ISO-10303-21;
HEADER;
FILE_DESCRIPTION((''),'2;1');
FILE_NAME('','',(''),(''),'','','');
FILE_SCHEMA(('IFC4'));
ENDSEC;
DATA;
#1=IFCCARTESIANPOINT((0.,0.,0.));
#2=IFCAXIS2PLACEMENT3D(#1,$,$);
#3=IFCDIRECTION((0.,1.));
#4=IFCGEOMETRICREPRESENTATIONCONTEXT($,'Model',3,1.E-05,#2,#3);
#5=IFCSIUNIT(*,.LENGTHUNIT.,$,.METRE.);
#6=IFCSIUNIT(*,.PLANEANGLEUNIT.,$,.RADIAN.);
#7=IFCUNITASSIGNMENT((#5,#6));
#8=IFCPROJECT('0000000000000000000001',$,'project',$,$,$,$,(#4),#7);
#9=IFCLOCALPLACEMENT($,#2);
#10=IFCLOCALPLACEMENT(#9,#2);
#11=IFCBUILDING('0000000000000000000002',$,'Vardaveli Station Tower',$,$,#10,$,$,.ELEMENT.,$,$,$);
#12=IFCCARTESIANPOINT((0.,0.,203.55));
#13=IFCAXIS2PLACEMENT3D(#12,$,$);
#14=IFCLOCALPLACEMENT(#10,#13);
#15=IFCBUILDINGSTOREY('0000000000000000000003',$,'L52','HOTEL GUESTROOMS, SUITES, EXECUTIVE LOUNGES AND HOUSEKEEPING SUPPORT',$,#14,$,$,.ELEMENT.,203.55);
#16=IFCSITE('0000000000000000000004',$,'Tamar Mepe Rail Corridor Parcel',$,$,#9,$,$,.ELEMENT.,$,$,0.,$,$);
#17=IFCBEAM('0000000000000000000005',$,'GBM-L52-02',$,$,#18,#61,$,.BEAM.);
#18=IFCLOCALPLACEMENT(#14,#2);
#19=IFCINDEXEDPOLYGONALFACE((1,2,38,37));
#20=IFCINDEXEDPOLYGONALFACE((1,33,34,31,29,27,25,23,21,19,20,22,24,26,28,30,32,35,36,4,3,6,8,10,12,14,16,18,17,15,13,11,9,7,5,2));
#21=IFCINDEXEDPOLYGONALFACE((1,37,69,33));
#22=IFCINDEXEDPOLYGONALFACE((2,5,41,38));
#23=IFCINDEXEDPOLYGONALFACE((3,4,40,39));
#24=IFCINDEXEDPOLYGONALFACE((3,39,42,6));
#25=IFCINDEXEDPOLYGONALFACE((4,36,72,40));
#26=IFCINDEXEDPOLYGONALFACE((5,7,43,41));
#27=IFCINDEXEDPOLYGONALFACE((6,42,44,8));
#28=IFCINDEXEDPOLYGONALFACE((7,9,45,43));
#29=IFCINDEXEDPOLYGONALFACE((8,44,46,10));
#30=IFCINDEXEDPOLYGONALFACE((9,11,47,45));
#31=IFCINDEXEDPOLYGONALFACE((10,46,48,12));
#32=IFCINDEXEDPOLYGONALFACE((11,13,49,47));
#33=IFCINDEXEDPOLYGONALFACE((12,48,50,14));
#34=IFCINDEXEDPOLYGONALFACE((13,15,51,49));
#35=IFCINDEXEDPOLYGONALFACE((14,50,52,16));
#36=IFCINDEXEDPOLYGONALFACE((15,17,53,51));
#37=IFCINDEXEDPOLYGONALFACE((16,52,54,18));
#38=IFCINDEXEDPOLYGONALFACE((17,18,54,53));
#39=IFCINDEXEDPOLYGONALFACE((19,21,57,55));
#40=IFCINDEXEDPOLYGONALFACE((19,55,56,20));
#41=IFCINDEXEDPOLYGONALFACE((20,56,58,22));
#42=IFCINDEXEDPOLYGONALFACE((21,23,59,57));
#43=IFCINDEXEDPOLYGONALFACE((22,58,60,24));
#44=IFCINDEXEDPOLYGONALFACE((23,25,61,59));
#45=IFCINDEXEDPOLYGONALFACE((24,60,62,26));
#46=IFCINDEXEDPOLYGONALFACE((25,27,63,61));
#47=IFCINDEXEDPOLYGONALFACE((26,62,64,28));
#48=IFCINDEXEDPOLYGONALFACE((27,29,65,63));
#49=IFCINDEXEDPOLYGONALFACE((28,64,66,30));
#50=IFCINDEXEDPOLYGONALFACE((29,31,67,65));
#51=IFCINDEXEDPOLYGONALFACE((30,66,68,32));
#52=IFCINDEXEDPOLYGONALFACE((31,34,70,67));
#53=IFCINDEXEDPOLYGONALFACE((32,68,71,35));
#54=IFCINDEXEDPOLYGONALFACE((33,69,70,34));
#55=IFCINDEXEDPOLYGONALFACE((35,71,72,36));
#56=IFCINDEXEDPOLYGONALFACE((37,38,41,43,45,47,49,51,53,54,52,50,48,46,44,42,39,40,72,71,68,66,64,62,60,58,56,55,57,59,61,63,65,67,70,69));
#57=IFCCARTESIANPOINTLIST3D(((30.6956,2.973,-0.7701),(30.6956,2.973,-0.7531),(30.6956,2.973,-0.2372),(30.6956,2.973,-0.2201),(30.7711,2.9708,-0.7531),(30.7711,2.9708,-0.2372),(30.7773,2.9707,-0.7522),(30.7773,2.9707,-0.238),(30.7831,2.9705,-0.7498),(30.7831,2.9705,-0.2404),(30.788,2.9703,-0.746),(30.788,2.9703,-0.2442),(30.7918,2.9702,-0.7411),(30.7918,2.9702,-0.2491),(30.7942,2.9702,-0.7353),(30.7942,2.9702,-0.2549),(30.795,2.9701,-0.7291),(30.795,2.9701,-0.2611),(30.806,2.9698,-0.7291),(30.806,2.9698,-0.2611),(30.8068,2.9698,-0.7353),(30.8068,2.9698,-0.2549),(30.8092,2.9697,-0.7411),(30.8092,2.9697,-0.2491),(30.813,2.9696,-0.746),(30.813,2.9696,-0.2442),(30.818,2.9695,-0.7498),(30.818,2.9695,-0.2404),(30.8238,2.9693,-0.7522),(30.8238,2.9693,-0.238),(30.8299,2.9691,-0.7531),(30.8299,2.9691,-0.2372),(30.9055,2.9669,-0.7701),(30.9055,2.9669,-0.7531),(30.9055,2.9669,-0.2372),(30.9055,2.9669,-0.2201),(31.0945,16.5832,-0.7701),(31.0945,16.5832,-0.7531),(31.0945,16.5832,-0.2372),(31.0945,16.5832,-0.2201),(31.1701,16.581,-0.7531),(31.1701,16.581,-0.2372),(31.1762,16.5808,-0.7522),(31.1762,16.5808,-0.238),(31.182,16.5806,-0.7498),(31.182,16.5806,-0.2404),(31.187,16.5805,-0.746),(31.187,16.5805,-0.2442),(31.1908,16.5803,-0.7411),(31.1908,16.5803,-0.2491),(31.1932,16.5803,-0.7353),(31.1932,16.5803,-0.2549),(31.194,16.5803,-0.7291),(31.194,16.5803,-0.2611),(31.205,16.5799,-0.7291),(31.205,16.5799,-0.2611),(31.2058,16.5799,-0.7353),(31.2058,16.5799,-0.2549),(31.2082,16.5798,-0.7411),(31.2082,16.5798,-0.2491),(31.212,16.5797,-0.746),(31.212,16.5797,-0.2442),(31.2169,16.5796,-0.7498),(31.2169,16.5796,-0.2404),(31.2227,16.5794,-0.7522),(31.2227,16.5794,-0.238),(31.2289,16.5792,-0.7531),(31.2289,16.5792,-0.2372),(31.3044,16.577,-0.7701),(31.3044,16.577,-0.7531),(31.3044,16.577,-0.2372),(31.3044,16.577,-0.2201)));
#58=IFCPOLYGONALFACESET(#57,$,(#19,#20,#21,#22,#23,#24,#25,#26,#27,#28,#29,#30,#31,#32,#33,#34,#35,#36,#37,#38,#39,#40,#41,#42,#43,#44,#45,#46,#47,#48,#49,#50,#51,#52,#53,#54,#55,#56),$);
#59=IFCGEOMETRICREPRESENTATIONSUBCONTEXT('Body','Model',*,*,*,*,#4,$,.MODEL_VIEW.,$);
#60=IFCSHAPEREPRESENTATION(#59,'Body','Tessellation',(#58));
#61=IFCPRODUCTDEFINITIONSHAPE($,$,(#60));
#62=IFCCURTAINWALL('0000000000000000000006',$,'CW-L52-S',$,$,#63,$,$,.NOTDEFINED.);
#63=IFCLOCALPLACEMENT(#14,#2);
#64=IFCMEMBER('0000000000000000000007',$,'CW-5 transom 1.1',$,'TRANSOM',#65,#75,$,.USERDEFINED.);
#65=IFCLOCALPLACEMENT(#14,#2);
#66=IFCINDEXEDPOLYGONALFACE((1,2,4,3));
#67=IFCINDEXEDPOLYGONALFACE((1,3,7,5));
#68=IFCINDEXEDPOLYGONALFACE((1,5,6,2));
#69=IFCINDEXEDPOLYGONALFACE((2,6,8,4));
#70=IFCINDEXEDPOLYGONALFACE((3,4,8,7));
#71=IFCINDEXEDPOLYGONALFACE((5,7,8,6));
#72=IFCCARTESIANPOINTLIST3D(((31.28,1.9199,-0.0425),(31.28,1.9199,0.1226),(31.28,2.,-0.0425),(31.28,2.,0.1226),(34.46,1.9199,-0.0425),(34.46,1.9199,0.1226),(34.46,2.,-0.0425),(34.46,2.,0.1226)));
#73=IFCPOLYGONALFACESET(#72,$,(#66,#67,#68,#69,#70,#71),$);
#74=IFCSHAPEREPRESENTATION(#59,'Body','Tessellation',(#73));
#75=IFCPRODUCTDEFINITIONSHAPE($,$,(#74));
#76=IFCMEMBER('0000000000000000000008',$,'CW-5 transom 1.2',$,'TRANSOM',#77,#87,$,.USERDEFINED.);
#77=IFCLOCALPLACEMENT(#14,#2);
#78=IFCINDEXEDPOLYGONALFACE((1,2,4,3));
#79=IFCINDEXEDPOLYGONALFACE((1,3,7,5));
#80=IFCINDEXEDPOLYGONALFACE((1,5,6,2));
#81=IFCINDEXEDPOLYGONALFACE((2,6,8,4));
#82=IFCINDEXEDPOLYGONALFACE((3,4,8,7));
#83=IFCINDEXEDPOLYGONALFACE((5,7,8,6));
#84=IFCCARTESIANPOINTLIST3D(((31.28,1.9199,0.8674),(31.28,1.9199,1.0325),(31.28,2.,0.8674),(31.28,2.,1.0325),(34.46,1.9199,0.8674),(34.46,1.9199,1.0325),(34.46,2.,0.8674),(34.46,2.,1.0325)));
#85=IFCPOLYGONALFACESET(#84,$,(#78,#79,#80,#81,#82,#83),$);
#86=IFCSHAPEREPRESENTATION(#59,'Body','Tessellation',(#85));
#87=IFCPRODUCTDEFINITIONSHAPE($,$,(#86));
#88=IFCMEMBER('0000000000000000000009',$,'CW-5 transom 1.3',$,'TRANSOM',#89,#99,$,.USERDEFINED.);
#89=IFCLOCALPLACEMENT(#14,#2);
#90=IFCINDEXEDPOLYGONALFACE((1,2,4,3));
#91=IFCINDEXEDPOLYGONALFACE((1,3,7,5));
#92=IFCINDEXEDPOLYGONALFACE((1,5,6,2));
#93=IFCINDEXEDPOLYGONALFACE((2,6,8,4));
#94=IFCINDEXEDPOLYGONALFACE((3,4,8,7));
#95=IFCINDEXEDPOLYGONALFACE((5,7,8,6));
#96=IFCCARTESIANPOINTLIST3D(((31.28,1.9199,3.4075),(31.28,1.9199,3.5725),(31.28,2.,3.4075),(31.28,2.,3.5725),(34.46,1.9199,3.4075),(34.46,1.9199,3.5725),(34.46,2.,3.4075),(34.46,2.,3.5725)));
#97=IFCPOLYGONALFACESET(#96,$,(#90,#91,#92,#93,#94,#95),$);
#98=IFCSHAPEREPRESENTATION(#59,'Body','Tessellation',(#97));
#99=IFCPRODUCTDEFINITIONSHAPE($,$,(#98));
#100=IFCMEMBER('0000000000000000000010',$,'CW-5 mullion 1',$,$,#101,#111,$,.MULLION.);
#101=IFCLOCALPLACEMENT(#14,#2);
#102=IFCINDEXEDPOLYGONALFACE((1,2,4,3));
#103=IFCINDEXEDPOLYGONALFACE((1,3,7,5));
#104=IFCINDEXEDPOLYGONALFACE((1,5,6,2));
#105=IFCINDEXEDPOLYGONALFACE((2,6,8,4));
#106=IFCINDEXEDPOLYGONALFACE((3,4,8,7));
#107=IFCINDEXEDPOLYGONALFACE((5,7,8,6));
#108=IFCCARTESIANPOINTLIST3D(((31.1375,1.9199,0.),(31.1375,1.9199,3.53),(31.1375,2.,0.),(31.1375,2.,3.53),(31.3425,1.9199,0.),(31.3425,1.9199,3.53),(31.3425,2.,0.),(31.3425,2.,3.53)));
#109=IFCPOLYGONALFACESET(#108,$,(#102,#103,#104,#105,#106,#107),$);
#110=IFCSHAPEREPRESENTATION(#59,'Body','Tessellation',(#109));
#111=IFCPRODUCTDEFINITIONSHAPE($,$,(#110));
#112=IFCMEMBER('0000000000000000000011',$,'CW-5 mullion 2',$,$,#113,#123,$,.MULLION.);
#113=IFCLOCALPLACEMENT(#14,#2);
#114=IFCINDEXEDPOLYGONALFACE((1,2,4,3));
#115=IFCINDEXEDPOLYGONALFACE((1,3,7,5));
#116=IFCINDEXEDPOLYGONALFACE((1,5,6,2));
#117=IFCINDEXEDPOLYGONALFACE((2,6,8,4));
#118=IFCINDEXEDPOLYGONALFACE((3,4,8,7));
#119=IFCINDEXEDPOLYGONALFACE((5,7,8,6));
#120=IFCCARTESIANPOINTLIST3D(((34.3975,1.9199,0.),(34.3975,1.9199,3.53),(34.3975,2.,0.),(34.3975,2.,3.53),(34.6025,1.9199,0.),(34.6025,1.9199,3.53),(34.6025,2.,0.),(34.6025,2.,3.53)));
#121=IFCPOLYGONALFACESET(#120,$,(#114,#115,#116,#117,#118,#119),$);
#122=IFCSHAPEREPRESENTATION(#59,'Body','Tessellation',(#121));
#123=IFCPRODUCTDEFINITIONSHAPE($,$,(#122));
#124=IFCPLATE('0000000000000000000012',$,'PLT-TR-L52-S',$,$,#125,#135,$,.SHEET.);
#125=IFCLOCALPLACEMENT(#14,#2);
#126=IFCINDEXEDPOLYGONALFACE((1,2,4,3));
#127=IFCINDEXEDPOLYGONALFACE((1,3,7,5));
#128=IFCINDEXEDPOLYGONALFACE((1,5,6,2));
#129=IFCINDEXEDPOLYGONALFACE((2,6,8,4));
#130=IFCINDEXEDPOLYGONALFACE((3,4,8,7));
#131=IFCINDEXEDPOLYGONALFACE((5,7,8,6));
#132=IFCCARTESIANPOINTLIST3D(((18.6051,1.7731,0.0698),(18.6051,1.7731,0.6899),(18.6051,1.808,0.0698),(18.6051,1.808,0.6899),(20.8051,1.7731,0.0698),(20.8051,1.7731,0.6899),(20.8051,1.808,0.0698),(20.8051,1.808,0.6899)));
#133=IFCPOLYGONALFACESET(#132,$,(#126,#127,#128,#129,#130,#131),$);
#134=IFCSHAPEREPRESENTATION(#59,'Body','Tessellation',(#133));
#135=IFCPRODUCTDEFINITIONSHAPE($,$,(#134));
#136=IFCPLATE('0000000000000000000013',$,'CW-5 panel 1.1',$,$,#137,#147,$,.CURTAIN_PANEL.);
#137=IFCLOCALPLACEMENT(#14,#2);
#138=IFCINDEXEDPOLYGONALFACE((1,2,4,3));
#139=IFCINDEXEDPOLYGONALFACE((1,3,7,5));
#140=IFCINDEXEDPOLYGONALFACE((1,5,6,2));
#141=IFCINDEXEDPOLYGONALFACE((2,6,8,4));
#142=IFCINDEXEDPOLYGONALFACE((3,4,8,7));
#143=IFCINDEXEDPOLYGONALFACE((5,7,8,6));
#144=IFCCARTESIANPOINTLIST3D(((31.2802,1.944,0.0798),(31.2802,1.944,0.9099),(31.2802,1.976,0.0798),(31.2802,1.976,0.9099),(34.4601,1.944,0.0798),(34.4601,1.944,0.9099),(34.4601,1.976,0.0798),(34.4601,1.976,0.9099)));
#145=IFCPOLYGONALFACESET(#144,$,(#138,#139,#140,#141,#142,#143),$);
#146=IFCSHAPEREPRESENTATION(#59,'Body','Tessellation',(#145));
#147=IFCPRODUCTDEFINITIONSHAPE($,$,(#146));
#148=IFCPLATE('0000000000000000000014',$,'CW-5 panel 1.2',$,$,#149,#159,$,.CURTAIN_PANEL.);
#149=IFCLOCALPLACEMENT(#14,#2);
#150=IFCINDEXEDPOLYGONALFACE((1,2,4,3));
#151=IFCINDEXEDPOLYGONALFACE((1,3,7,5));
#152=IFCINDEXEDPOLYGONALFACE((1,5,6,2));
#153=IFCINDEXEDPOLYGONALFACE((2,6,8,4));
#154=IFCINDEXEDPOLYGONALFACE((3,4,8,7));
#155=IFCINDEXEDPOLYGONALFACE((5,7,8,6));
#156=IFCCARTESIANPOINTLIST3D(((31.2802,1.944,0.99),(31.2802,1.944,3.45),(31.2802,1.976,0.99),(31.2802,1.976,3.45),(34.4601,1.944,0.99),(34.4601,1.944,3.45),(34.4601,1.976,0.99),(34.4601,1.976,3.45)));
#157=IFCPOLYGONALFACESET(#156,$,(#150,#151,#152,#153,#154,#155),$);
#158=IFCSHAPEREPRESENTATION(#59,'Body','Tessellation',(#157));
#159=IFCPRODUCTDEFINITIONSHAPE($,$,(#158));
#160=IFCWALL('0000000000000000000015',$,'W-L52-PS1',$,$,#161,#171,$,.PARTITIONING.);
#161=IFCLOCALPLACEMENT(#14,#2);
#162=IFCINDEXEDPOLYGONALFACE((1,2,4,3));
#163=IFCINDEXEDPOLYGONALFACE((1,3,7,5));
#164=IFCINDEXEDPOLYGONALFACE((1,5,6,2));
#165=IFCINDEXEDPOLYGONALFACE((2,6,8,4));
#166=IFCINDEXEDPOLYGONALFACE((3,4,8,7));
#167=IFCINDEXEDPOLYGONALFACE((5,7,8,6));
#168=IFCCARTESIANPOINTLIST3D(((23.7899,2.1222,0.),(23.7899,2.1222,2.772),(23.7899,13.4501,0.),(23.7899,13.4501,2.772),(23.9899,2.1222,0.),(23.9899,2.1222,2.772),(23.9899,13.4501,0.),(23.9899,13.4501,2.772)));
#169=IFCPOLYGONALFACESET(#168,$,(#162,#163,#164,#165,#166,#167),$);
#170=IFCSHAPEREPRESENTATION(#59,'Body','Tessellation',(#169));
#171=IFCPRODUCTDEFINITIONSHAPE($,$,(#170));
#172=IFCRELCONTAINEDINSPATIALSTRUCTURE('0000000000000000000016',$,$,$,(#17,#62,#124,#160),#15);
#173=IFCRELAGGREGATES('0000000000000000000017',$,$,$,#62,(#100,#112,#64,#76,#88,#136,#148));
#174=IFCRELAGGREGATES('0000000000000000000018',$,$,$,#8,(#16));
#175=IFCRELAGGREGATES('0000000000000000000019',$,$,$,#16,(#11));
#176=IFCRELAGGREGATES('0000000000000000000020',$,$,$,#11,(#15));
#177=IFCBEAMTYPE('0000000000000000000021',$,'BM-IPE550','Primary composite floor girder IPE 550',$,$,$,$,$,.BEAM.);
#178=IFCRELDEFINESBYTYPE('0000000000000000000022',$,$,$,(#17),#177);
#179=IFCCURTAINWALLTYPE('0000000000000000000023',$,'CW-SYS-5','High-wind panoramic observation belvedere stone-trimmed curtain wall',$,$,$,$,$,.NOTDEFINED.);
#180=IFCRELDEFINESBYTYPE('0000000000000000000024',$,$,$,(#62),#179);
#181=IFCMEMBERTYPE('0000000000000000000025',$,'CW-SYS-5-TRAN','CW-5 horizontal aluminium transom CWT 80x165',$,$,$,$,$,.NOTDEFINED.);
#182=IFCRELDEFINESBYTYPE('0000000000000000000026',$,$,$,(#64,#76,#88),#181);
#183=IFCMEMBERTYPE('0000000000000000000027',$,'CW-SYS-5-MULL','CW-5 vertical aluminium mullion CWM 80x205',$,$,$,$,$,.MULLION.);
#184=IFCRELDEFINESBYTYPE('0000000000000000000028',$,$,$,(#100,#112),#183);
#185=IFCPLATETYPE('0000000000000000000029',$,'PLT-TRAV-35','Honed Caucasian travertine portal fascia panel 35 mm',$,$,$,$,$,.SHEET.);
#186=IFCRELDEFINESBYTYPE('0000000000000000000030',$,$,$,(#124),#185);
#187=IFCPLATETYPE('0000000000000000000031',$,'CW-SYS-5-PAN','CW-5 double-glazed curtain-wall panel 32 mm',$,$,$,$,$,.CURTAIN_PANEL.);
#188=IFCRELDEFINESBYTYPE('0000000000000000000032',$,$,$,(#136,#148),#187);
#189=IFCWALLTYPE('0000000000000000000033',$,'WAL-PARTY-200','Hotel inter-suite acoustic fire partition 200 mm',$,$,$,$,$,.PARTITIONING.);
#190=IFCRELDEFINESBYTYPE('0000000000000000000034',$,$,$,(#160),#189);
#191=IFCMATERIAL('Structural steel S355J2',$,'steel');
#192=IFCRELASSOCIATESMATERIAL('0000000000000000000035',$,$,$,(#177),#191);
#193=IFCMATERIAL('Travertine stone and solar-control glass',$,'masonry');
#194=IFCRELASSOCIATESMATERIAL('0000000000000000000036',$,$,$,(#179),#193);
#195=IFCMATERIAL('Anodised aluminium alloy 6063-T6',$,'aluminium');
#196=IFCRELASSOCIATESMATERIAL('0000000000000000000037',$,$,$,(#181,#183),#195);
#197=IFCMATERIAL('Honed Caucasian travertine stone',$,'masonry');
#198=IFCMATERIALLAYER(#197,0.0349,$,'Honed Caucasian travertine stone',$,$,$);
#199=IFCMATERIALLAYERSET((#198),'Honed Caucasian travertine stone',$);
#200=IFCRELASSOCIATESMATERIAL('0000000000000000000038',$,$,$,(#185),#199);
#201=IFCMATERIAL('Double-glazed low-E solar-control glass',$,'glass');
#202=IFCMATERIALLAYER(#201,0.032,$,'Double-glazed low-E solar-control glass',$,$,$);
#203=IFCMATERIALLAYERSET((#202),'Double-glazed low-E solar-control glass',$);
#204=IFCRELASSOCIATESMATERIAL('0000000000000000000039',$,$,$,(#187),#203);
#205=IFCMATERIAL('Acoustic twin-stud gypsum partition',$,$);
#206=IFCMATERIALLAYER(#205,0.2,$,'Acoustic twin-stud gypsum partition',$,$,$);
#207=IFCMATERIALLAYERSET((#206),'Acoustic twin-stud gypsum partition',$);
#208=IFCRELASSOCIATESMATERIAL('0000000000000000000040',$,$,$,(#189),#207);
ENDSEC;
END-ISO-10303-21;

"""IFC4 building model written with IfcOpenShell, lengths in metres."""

from ifc_helpers import new_model, si_unit, direction, frame, frame_2d, origin, origin_2d, place, context, subcontext, project, spatial, rectangle, i_section, extrude, source, transform, mapped, material, layer, layer_set, material_profile, profile_set, type_object, element, aggregate, save


model = new_model("IFC4")

# Units and contexts
model_context = context("Model", 3, precision=1e-05, world=origin(), true_north=direction((0.0, 1.0)))
body_context = subcontext(model_context, "Body", "Model", "MODEL_VIEW")
ifc_project = project(units=[si_unit("LENGTHUNIT", "METRE"), si_unit("PLANEANGLEUNIT", "RADIAN")], contexts=[model_context])

# Site, building, storey
site_placement = place(None, origin())
site = spatial("IfcSite", under=ifc_project, at=site_placement, Name="Tamar Mepe Rail Corridor Parcel", CompositionType="ELEMENT", RefElevation=0.0)
building_placement = place(site_placement, origin())
building = spatial("IfcBuilding", under=site, at=building_placement, Name="Vardaveli Station Tower", CompositionType="ELEMENT")
storey_placement = place(building_placement, frame((0.0, 0.0, 203.55)))
storey = spatial("IfcBuildingStorey", under=building, at=storey_placement, Name="L52", Description="HOTEL GUESTROOMS, SUITES, EXECUTIVE LOUNGES AND HOUSEKEEPING SUPPORT", CompositionType="ELEMENT", Elevation=203.55)

# Beam
ifc_material_1 = material(Name="Structural steel S355J2", Category="steel")
ifc_material_profile_1 = material_profile(ifc_material_1, i_section(OverallWidth=0.21, OverallDepth=0.55, WebThickness=0.011, FlangeThickness=0.0171, FilletRadius=0.0239, at=origin_2d()), Name="IPE 550")
ifc_profile_set_1 = profile_set([ifc_material_profile_1], Name="Structural steel S355J2")
beam_type_1 = type_object("IfcBeamType", Name="BM-IPE550", Description="Primary composite floor girder IPE 550", PredefinedType="BEAM", material=ifc_profile_set_1)
shared_shape_1 = source(origin(), body_context, "Body", "SweptSolid", [
    extrude(i_section(OverallWidth=0.21, OverallDepth=0.55, WebThickness=0.011, FlangeThickness=0.0171, FilletRadius=0.0239, at=origin_2d()), origin(), (0.0, 0.0, 1.0), 13.616),
])
beam_1_placement = place(storey_placement, frame((30.8005, 2.97, -0.4951), z_axis=(0.029298, 0.999571, 0.0), x_axis=(-0.999571, 0.029298, 0.0)))
element("IfcBeam", 1, at=beam_1_placement, inside=storey, type_object=beam_type_1, Name="GBM-L52-02", PredefinedType="BEAM", context=body_context, shape_type="MappedRepresentation", body=[
    mapped(shared_shape_1, transform((0.0, 0.0, 0.0), scale=1.0)),
])

# Curtain wall, members
ifc_material_2 = material(Name="Travertine stone and solar-control glass", Category="masonry")
curtain_wall_type = type_object("IfcCurtainWallType", Name="CW-SYS-5", Description="High-wind panoramic observation belvedere stone-trimmed curtain wall", PredefinedType="NOTDEFINED", material=ifc_material_2)
curtain_wall_placement = place(storey_placement, origin())
curtain_wall = element("IfcCurtainWall", 2, at=curtain_wall_placement, inside=storey, type_object=curtain_wall_type, Name="CW-L52-S", PredefinedType="NOTDEFINED")
ifc_material_3 = material(Name="Anodised aluminium alloy 6063-T6", Category="aluminium")
ifc_material_profile_2 = material_profile(ifc_material_3, rectangle(XDim=0.0801, YDim=0.165, at=origin_2d()), Name="CWT 80x165")
ifc_profile_set_2 = profile_set([ifc_material_profile_2], Name="Anodised aluminium alloy 6063-T6")
member_type_1 = type_object("IfcMemberType", Name="CW-SYS-5-TRAN", Description="CW-5 horizontal aluminium transom CWT 80x165", PredefinedType="NOTDEFINED", material=ifc_profile_set_2)
shared_shape_2 = source(origin(), body_context, "Body", "SweptSolid", [
    extrude(rectangle(XDim=0.0801, YDim=0.165, at=origin_2d()), origin(), (0.0, 0.0, 1.0), 3.1799),
])
member_1_placement = place(storey_placement, frame((31.28, 1.96, 0.04), z_axis=(1.0, 0.0, 0.0), x_axis=(0.0, 1.0, 0.0)))
member_1 = element("IfcMember", 3, at=member_1_placement, type_object=member_type_1, Name="CW-5 transom 1.1", ObjectType="TRANSOM", PredefinedType="USERDEFINED", context=body_context, shape_type="MappedRepresentation", body=[
    mapped(shared_shape_2, transform((0.0, 0.0, 0.0), scale=1.0)),
])
member_2_placement = place(storey_placement, frame((31.28, 1.96, 0.95), z_axis=(1.0, 0.0, 0.0), x_axis=(0.0, 1.0, 0.0)))
member_2 = element("IfcMember", 4, at=member_2_placement, type_object=member_type_1, Name="CW-5 transom 1.2", ObjectType="TRANSOM", PredefinedType="USERDEFINED", context=body_context, shape_type="MappedRepresentation", body=[
    mapped(shared_shape_2, transform((0.0, 0.0, 0.0), scale=1.0)),
])
member_3_placement = place(storey_placement, frame((31.28, 1.96, 3.49), z_axis=(1.0, 0.0, 0.0), x_axis=(0.0, 1.0, 0.0)))
member_3 = element("IfcMember", 5, at=member_3_placement, type_object=member_type_1, Name="CW-5 transom 1.3", ObjectType="TRANSOM", PredefinedType="USERDEFINED", context=body_context, shape_type="MappedRepresentation", body=[
    mapped(shared_shape_2, transform((0.0, 0.0, 0.0), scale=1.0)),
])
ifc_material_profile_3 = material_profile(ifc_material_3, rectangle(XDim=0.0801, YDim=0.2051, at=origin_2d()), Name="CWM 80x205")
ifc_profile_set_3 = profile_set([ifc_material_profile_3], Name="Anodised aluminium alloy 6063-T6")
member_type_2 = type_object("IfcMemberType", Name="CW-SYS-5-MULL", Description="CW-5 vertical aluminium mullion CWM 80x205", PredefinedType="MULLION", material=ifc_profile_set_3)
shared_shape_3 = source(origin(), body_context, "Body", "SweptSolid", [
    extrude(rectangle(XDim=0.0801, YDim=0.2051, at=origin_2d()), origin(), (0.0, 0.0, 1.0), 3.53),
])
member_4_placement = place(storey_placement, frame((31.24, 1.96, 0.0), z_axis=(0.0, 0.0, 1.0), x_axis=(0.0, 1.0, 0.0)))
member_4 = element("IfcMember", 6, at=member_4_placement, type_object=member_type_2, Name="CW-5 mullion 1", PredefinedType="MULLION", context=body_context, shape_type="MappedRepresentation", body=[
    mapped(shared_shape_3, transform((0.0, 0.0, 0.0), scale=1.0)),
])
member_5_placement = place(storey_placement, frame((34.5, 1.96, 0.0), z_axis=(0.0, 0.0, 1.0), x_axis=(0.0, 1.0, 0.0)))
member_5 = element("IfcMember", 7, at=member_5_placement, type_object=member_type_2, Name="CW-5 mullion 2", PredefinedType="MULLION", context=body_context, shape_type="MappedRepresentation", body=[
    mapped(shared_shape_3, transform((0.0, 0.0, 0.0), scale=1.0)),
])

# Plates
ifc_material_4 = material(Name="Honed Caucasian travertine stone", Category="masonry")
ifc_layer_1 = layer(ifc_material_4, 0.0349, Name="Honed Caucasian travertine stone")
ifc_layer_set_1 = layer_set([ifc_layer_1], Name="Honed Caucasian travertine stone")
plate_type_1 = type_object("IfcPlateType", Name="PLT-TRAV-35", Description="Honed Caucasian travertine portal fascia panel 35 mm", PredefinedType="SHEET", material=ifc_layer_set_1)
shared_shape_4 = source(origin(), body_context, "Body", "SweptSolid", [
    extrude(rectangle(XDim=2.2, YDim=0.0349, at=origin_2d()), origin(), (0.0, 0.0, 1.0), 0.6201),
])
plate_1_placement = place(storey_placement, frame((19.7051, 1.7905, 0.0698), z_axis=(0.0, 0.0, 1.0), x_axis=(1.0, 0.0, 0.0)))
element("IfcPlate", 8, at=plate_1_placement, inside=storey, type_object=plate_type_1, Name="PLT-TR-L52-S", PredefinedType="SHEET", context=body_context, shape_type="MappedRepresentation", body=[
    mapped(shared_shape_4, transform((0.0, 0.0, 0.0), scale=1.0)),
])
ifc_material_5 = material(Name="Double-glazed low-E solar-control glass", Category="glass")
ifc_layer_2 = layer(ifc_material_5, 0.032, Name="Double-glazed low-E solar-control glass")
ifc_layer_set_2 = layer_set([ifc_layer_2], Name="Double-glazed low-E solar-control glass")
plate_type_2 = type_object("IfcPlateType", Name="CW-SYS-5-PAN", Description="CW-5 double-glazed curtain-wall panel 32 mm", PredefinedType="CURTAIN_PANEL", material=ifc_layer_set_2)
shared_shape_5 = source(origin(), body_context, "Body", "SweptSolid", [
    extrude(rectangle(XDim=3.1799, YDim=0.032, at=origin_2d()), origin(), (0.0, 0.0, 1.0), 0.8301),
])
plate_2_placement = place(storey_placement, frame((32.8701, 1.96, 0.0798), z_axis=(0.0, 0.0, 1.0), x_axis=(1.0, 0.0, 0.0)))
plate_2 = element("IfcPlate", 9, at=plate_2_placement, type_object=plate_type_2, Name="CW-5 panel 1.1", PredefinedType="CURTAIN_PANEL", context=body_context, shape_type="MappedRepresentation", body=[
    mapped(shared_shape_5, transform((0.0, 0.0, 0.0), scale=1.0)),
])
shared_shape_6 = source(origin(), body_context, "Body", "SweptSolid", [
    extrude(rectangle(XDim=3.1799, YDim=0.032, at=origin_2d()), origin(), (0.0, 0.0, 1.0), 2.46),
])
plate_3_placement = place(storey_placement, frame((32.8701, 1.96, 0.99), z_axis=(0.0, 0.0, 1.0), x_axis=(1.0, 0.0, 0.0)))
plate_3 = element("IfcPlate", 10, at=plate_3_placement, type_object=plate_type_2, Name="CW-5 panel 1.2", PredefinedType="CURTAIN_PANEL", context=body_context, shape_type="MappedRepresentation", body=[
    mapped(shared_shape_6, transform((0.0, 0.0, 0.0), scale=1.0)),
])
aggregate(curtain_wall, [member_4, member_5, member_1, member_2, member_3, plate_2, plate_3])

# Wall
ifc_material_6 = material(Name="Acoustic twin-stud gypsum partition")
ifc_layer_3 = layer(ifc_material_6, 0.2, Name="Acoustic twin-stud gypsum partition")
ifc_layer_set_3 = layer_set([ifc_layer_3], Name="Acoustic twin-stud gypsum partition")
wall_type = type_object("IfcWallType", Name="WAL-PARTY-200", Description="Hotel inter-suite acoustic fire partition 200 mm", PredefinedType="PARTITIONING", material=ifc_layer_set_3)
shared_shape_7 = source(origin(), body_context, "Body", "SweptSolid", [
    extrude(rectangle(XDim=11.3279, YDim=0.2, at=frame_2d((5.6641, 0.0))), origin(), (0.0, 0.0, 1.0), 2.772),
])
for number, where, z_axis, x_axis, name in (
    (11, (23.8899, 2.1221, 0.0), (0.0, 0.0, 1.0), (0.0, 1.0, 0.0), "W-L52-PS1"),
):
    element("IfcWall", number, at=place(storey_placement, frame(where, z_axis=z_axis, x_axis=x_axis)), inside=storey, type_object=wall_type, Name=name, PredefinedType="PARTITIONING", context=body_context, shape_type="MappedRepresentation", body=[
        mapped(shared_shape_7, transform((0.0, 0.0, 0.0), scale=1.0)),
    ])

save(model, "model.ifc")
